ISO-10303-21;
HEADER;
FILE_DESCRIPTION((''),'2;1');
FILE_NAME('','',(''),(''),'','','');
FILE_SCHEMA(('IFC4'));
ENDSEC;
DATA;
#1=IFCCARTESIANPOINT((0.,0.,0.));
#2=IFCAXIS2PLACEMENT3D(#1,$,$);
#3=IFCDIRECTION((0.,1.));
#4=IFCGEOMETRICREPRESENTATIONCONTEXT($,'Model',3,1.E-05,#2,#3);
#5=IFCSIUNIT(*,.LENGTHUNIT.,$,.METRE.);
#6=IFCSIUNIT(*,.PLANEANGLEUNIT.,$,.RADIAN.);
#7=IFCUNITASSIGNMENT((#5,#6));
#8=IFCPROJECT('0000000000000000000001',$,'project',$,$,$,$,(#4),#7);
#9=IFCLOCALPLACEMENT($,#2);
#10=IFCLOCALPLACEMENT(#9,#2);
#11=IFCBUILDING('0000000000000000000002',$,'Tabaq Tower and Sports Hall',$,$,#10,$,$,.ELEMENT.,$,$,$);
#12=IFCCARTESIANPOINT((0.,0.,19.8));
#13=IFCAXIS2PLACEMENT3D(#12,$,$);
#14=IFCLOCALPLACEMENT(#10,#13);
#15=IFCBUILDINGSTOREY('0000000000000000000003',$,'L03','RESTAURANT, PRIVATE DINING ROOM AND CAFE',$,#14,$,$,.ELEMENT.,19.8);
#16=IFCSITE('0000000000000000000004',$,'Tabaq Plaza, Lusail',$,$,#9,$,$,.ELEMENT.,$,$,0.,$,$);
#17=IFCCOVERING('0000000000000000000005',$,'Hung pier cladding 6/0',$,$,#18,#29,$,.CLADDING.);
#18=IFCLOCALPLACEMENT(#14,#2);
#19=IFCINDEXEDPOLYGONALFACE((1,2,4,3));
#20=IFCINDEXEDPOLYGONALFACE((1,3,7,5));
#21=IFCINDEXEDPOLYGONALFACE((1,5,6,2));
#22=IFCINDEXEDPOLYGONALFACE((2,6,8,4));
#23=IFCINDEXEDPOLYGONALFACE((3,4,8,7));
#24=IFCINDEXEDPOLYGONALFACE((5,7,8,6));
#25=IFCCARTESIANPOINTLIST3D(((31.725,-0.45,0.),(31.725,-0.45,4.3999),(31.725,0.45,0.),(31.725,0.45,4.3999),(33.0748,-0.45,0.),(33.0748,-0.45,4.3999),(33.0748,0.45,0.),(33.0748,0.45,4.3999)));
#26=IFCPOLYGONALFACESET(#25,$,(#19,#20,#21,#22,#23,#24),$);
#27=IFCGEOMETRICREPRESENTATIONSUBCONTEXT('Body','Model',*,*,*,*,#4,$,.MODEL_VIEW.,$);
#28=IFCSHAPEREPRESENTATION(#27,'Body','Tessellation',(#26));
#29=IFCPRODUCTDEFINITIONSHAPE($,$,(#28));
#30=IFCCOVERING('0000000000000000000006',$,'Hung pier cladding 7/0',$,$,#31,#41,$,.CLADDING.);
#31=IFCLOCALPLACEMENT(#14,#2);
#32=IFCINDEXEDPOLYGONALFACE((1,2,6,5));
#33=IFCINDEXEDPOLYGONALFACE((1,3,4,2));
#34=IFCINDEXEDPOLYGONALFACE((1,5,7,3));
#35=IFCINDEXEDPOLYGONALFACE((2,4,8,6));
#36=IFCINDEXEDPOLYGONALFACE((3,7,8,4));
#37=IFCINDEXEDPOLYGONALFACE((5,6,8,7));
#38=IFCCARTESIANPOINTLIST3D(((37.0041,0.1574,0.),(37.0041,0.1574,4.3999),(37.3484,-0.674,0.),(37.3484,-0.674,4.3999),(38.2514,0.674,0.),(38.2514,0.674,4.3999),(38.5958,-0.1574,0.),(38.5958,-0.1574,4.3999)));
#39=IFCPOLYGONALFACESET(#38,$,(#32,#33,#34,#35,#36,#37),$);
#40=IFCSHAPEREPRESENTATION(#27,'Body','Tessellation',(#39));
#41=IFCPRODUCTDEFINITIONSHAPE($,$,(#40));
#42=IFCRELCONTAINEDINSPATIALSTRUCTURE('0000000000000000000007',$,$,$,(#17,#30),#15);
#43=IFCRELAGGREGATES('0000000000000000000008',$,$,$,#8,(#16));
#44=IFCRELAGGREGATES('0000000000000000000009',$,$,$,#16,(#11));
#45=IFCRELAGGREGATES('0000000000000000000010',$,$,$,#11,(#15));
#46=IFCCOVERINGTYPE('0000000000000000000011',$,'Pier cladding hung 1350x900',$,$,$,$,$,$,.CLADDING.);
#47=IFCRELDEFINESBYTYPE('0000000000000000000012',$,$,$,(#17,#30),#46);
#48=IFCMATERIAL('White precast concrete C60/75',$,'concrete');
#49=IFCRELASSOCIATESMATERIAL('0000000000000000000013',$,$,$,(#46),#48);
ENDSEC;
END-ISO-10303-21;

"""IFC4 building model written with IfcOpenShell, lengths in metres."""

from ifc_helpers import new_model, si_unit, direction, frame, frame_2d, origin, place, context, subcontext, project, spatial, rectangle, extrude, material, type_object, element, save


model = new_model("IFC4")

# Units and contexts
model_context = context("Model", 3, precision=1e-05, world=origin(), true_north=direction((0.0, 1.0)))
body_context = subcontext(model_context, "Body", "Model", "MODEL_VIEW")
ifc_project = project(units=[si_unit("LENGTHUNIT", "METRE"), si_unit("PLANEANGLEUNIT", "RADIAN")], contexts=[model_context])

# Site, building, storey
site_placement = place(None, origin())
site = spatial("IfcSite", under=ifc_project, at=site_placement, Name="Tabaq Plaza, Lusail", CompositionType="ELEMENT", RefElevation=0.0)
building_placement = place(site_placement, origin())
building = spatial("IfcBuilding", under=site, at=building_placement, Name="Tabaq Tower and Sports Hall", CompositionType="ELEMENT")
storey_placement = place(building_placement, frame((0.0, 0.0, 19.8)))
storey = spatial("IfcBuildingStorey", under=building, at=storey_placement, Name="L03", Description="RESTAURANT, PRIVATE DINING ROOM AND CAFE", CompositionType="ELEMENT", Elevation=19.8)

# Coverings
ifc_material_1 = material(Name="White precast concrete C60/75", Category="concrete")
covering_type = type_object("IfcCoveringType", Name="Pier cladding hung 1350x900", PredefinedType="CLADDING", material=ifc_material_1)
covering_1_placement = place(storey_placement, frame((31.7251, 0.0, 0.0), z_axis=(0.0, 0.0, 1.0), x_axis=(1.0, 0.0, 0.0)))
element("IfcCovering", 1, at=covering_1_placement, inside=storey, type_object=covering_type, Name="Hung pier cladding 6/0", PredefinedType="CLADDING", context=body_context, shape_type="SweptSolid", body=[
    extrude(rectangle(XDim=1.3499, YDim=0.8999, at=frame_2d((0.6748, 0.0))), origin(), (0.0, 0.0, 1.0), 4.3999),
])
covering_2_placement = place(storey_placement, frame((37.1763, -0.2583, 0.0), z_axis=(0.0, 0.0, 1.0), x_axis=(0.923893, 0.38265, 0.0)))
element("IfcCovering", 2, at=covering_2_placement, inside=storey, type_object=covering_type, Name="Hung pier cladding 7/0", PredefinedType="CLADDING", context=body_context, shape_type="SweptSolid", body=[
    extrude(rectangle(XDim=1.3501, YDim=0.8999, at=frame_2d((0.675, 0.0))), origin(), (0.0, 0.0, 1.0), 4.3999),
])

save(model, "model.ifc")
